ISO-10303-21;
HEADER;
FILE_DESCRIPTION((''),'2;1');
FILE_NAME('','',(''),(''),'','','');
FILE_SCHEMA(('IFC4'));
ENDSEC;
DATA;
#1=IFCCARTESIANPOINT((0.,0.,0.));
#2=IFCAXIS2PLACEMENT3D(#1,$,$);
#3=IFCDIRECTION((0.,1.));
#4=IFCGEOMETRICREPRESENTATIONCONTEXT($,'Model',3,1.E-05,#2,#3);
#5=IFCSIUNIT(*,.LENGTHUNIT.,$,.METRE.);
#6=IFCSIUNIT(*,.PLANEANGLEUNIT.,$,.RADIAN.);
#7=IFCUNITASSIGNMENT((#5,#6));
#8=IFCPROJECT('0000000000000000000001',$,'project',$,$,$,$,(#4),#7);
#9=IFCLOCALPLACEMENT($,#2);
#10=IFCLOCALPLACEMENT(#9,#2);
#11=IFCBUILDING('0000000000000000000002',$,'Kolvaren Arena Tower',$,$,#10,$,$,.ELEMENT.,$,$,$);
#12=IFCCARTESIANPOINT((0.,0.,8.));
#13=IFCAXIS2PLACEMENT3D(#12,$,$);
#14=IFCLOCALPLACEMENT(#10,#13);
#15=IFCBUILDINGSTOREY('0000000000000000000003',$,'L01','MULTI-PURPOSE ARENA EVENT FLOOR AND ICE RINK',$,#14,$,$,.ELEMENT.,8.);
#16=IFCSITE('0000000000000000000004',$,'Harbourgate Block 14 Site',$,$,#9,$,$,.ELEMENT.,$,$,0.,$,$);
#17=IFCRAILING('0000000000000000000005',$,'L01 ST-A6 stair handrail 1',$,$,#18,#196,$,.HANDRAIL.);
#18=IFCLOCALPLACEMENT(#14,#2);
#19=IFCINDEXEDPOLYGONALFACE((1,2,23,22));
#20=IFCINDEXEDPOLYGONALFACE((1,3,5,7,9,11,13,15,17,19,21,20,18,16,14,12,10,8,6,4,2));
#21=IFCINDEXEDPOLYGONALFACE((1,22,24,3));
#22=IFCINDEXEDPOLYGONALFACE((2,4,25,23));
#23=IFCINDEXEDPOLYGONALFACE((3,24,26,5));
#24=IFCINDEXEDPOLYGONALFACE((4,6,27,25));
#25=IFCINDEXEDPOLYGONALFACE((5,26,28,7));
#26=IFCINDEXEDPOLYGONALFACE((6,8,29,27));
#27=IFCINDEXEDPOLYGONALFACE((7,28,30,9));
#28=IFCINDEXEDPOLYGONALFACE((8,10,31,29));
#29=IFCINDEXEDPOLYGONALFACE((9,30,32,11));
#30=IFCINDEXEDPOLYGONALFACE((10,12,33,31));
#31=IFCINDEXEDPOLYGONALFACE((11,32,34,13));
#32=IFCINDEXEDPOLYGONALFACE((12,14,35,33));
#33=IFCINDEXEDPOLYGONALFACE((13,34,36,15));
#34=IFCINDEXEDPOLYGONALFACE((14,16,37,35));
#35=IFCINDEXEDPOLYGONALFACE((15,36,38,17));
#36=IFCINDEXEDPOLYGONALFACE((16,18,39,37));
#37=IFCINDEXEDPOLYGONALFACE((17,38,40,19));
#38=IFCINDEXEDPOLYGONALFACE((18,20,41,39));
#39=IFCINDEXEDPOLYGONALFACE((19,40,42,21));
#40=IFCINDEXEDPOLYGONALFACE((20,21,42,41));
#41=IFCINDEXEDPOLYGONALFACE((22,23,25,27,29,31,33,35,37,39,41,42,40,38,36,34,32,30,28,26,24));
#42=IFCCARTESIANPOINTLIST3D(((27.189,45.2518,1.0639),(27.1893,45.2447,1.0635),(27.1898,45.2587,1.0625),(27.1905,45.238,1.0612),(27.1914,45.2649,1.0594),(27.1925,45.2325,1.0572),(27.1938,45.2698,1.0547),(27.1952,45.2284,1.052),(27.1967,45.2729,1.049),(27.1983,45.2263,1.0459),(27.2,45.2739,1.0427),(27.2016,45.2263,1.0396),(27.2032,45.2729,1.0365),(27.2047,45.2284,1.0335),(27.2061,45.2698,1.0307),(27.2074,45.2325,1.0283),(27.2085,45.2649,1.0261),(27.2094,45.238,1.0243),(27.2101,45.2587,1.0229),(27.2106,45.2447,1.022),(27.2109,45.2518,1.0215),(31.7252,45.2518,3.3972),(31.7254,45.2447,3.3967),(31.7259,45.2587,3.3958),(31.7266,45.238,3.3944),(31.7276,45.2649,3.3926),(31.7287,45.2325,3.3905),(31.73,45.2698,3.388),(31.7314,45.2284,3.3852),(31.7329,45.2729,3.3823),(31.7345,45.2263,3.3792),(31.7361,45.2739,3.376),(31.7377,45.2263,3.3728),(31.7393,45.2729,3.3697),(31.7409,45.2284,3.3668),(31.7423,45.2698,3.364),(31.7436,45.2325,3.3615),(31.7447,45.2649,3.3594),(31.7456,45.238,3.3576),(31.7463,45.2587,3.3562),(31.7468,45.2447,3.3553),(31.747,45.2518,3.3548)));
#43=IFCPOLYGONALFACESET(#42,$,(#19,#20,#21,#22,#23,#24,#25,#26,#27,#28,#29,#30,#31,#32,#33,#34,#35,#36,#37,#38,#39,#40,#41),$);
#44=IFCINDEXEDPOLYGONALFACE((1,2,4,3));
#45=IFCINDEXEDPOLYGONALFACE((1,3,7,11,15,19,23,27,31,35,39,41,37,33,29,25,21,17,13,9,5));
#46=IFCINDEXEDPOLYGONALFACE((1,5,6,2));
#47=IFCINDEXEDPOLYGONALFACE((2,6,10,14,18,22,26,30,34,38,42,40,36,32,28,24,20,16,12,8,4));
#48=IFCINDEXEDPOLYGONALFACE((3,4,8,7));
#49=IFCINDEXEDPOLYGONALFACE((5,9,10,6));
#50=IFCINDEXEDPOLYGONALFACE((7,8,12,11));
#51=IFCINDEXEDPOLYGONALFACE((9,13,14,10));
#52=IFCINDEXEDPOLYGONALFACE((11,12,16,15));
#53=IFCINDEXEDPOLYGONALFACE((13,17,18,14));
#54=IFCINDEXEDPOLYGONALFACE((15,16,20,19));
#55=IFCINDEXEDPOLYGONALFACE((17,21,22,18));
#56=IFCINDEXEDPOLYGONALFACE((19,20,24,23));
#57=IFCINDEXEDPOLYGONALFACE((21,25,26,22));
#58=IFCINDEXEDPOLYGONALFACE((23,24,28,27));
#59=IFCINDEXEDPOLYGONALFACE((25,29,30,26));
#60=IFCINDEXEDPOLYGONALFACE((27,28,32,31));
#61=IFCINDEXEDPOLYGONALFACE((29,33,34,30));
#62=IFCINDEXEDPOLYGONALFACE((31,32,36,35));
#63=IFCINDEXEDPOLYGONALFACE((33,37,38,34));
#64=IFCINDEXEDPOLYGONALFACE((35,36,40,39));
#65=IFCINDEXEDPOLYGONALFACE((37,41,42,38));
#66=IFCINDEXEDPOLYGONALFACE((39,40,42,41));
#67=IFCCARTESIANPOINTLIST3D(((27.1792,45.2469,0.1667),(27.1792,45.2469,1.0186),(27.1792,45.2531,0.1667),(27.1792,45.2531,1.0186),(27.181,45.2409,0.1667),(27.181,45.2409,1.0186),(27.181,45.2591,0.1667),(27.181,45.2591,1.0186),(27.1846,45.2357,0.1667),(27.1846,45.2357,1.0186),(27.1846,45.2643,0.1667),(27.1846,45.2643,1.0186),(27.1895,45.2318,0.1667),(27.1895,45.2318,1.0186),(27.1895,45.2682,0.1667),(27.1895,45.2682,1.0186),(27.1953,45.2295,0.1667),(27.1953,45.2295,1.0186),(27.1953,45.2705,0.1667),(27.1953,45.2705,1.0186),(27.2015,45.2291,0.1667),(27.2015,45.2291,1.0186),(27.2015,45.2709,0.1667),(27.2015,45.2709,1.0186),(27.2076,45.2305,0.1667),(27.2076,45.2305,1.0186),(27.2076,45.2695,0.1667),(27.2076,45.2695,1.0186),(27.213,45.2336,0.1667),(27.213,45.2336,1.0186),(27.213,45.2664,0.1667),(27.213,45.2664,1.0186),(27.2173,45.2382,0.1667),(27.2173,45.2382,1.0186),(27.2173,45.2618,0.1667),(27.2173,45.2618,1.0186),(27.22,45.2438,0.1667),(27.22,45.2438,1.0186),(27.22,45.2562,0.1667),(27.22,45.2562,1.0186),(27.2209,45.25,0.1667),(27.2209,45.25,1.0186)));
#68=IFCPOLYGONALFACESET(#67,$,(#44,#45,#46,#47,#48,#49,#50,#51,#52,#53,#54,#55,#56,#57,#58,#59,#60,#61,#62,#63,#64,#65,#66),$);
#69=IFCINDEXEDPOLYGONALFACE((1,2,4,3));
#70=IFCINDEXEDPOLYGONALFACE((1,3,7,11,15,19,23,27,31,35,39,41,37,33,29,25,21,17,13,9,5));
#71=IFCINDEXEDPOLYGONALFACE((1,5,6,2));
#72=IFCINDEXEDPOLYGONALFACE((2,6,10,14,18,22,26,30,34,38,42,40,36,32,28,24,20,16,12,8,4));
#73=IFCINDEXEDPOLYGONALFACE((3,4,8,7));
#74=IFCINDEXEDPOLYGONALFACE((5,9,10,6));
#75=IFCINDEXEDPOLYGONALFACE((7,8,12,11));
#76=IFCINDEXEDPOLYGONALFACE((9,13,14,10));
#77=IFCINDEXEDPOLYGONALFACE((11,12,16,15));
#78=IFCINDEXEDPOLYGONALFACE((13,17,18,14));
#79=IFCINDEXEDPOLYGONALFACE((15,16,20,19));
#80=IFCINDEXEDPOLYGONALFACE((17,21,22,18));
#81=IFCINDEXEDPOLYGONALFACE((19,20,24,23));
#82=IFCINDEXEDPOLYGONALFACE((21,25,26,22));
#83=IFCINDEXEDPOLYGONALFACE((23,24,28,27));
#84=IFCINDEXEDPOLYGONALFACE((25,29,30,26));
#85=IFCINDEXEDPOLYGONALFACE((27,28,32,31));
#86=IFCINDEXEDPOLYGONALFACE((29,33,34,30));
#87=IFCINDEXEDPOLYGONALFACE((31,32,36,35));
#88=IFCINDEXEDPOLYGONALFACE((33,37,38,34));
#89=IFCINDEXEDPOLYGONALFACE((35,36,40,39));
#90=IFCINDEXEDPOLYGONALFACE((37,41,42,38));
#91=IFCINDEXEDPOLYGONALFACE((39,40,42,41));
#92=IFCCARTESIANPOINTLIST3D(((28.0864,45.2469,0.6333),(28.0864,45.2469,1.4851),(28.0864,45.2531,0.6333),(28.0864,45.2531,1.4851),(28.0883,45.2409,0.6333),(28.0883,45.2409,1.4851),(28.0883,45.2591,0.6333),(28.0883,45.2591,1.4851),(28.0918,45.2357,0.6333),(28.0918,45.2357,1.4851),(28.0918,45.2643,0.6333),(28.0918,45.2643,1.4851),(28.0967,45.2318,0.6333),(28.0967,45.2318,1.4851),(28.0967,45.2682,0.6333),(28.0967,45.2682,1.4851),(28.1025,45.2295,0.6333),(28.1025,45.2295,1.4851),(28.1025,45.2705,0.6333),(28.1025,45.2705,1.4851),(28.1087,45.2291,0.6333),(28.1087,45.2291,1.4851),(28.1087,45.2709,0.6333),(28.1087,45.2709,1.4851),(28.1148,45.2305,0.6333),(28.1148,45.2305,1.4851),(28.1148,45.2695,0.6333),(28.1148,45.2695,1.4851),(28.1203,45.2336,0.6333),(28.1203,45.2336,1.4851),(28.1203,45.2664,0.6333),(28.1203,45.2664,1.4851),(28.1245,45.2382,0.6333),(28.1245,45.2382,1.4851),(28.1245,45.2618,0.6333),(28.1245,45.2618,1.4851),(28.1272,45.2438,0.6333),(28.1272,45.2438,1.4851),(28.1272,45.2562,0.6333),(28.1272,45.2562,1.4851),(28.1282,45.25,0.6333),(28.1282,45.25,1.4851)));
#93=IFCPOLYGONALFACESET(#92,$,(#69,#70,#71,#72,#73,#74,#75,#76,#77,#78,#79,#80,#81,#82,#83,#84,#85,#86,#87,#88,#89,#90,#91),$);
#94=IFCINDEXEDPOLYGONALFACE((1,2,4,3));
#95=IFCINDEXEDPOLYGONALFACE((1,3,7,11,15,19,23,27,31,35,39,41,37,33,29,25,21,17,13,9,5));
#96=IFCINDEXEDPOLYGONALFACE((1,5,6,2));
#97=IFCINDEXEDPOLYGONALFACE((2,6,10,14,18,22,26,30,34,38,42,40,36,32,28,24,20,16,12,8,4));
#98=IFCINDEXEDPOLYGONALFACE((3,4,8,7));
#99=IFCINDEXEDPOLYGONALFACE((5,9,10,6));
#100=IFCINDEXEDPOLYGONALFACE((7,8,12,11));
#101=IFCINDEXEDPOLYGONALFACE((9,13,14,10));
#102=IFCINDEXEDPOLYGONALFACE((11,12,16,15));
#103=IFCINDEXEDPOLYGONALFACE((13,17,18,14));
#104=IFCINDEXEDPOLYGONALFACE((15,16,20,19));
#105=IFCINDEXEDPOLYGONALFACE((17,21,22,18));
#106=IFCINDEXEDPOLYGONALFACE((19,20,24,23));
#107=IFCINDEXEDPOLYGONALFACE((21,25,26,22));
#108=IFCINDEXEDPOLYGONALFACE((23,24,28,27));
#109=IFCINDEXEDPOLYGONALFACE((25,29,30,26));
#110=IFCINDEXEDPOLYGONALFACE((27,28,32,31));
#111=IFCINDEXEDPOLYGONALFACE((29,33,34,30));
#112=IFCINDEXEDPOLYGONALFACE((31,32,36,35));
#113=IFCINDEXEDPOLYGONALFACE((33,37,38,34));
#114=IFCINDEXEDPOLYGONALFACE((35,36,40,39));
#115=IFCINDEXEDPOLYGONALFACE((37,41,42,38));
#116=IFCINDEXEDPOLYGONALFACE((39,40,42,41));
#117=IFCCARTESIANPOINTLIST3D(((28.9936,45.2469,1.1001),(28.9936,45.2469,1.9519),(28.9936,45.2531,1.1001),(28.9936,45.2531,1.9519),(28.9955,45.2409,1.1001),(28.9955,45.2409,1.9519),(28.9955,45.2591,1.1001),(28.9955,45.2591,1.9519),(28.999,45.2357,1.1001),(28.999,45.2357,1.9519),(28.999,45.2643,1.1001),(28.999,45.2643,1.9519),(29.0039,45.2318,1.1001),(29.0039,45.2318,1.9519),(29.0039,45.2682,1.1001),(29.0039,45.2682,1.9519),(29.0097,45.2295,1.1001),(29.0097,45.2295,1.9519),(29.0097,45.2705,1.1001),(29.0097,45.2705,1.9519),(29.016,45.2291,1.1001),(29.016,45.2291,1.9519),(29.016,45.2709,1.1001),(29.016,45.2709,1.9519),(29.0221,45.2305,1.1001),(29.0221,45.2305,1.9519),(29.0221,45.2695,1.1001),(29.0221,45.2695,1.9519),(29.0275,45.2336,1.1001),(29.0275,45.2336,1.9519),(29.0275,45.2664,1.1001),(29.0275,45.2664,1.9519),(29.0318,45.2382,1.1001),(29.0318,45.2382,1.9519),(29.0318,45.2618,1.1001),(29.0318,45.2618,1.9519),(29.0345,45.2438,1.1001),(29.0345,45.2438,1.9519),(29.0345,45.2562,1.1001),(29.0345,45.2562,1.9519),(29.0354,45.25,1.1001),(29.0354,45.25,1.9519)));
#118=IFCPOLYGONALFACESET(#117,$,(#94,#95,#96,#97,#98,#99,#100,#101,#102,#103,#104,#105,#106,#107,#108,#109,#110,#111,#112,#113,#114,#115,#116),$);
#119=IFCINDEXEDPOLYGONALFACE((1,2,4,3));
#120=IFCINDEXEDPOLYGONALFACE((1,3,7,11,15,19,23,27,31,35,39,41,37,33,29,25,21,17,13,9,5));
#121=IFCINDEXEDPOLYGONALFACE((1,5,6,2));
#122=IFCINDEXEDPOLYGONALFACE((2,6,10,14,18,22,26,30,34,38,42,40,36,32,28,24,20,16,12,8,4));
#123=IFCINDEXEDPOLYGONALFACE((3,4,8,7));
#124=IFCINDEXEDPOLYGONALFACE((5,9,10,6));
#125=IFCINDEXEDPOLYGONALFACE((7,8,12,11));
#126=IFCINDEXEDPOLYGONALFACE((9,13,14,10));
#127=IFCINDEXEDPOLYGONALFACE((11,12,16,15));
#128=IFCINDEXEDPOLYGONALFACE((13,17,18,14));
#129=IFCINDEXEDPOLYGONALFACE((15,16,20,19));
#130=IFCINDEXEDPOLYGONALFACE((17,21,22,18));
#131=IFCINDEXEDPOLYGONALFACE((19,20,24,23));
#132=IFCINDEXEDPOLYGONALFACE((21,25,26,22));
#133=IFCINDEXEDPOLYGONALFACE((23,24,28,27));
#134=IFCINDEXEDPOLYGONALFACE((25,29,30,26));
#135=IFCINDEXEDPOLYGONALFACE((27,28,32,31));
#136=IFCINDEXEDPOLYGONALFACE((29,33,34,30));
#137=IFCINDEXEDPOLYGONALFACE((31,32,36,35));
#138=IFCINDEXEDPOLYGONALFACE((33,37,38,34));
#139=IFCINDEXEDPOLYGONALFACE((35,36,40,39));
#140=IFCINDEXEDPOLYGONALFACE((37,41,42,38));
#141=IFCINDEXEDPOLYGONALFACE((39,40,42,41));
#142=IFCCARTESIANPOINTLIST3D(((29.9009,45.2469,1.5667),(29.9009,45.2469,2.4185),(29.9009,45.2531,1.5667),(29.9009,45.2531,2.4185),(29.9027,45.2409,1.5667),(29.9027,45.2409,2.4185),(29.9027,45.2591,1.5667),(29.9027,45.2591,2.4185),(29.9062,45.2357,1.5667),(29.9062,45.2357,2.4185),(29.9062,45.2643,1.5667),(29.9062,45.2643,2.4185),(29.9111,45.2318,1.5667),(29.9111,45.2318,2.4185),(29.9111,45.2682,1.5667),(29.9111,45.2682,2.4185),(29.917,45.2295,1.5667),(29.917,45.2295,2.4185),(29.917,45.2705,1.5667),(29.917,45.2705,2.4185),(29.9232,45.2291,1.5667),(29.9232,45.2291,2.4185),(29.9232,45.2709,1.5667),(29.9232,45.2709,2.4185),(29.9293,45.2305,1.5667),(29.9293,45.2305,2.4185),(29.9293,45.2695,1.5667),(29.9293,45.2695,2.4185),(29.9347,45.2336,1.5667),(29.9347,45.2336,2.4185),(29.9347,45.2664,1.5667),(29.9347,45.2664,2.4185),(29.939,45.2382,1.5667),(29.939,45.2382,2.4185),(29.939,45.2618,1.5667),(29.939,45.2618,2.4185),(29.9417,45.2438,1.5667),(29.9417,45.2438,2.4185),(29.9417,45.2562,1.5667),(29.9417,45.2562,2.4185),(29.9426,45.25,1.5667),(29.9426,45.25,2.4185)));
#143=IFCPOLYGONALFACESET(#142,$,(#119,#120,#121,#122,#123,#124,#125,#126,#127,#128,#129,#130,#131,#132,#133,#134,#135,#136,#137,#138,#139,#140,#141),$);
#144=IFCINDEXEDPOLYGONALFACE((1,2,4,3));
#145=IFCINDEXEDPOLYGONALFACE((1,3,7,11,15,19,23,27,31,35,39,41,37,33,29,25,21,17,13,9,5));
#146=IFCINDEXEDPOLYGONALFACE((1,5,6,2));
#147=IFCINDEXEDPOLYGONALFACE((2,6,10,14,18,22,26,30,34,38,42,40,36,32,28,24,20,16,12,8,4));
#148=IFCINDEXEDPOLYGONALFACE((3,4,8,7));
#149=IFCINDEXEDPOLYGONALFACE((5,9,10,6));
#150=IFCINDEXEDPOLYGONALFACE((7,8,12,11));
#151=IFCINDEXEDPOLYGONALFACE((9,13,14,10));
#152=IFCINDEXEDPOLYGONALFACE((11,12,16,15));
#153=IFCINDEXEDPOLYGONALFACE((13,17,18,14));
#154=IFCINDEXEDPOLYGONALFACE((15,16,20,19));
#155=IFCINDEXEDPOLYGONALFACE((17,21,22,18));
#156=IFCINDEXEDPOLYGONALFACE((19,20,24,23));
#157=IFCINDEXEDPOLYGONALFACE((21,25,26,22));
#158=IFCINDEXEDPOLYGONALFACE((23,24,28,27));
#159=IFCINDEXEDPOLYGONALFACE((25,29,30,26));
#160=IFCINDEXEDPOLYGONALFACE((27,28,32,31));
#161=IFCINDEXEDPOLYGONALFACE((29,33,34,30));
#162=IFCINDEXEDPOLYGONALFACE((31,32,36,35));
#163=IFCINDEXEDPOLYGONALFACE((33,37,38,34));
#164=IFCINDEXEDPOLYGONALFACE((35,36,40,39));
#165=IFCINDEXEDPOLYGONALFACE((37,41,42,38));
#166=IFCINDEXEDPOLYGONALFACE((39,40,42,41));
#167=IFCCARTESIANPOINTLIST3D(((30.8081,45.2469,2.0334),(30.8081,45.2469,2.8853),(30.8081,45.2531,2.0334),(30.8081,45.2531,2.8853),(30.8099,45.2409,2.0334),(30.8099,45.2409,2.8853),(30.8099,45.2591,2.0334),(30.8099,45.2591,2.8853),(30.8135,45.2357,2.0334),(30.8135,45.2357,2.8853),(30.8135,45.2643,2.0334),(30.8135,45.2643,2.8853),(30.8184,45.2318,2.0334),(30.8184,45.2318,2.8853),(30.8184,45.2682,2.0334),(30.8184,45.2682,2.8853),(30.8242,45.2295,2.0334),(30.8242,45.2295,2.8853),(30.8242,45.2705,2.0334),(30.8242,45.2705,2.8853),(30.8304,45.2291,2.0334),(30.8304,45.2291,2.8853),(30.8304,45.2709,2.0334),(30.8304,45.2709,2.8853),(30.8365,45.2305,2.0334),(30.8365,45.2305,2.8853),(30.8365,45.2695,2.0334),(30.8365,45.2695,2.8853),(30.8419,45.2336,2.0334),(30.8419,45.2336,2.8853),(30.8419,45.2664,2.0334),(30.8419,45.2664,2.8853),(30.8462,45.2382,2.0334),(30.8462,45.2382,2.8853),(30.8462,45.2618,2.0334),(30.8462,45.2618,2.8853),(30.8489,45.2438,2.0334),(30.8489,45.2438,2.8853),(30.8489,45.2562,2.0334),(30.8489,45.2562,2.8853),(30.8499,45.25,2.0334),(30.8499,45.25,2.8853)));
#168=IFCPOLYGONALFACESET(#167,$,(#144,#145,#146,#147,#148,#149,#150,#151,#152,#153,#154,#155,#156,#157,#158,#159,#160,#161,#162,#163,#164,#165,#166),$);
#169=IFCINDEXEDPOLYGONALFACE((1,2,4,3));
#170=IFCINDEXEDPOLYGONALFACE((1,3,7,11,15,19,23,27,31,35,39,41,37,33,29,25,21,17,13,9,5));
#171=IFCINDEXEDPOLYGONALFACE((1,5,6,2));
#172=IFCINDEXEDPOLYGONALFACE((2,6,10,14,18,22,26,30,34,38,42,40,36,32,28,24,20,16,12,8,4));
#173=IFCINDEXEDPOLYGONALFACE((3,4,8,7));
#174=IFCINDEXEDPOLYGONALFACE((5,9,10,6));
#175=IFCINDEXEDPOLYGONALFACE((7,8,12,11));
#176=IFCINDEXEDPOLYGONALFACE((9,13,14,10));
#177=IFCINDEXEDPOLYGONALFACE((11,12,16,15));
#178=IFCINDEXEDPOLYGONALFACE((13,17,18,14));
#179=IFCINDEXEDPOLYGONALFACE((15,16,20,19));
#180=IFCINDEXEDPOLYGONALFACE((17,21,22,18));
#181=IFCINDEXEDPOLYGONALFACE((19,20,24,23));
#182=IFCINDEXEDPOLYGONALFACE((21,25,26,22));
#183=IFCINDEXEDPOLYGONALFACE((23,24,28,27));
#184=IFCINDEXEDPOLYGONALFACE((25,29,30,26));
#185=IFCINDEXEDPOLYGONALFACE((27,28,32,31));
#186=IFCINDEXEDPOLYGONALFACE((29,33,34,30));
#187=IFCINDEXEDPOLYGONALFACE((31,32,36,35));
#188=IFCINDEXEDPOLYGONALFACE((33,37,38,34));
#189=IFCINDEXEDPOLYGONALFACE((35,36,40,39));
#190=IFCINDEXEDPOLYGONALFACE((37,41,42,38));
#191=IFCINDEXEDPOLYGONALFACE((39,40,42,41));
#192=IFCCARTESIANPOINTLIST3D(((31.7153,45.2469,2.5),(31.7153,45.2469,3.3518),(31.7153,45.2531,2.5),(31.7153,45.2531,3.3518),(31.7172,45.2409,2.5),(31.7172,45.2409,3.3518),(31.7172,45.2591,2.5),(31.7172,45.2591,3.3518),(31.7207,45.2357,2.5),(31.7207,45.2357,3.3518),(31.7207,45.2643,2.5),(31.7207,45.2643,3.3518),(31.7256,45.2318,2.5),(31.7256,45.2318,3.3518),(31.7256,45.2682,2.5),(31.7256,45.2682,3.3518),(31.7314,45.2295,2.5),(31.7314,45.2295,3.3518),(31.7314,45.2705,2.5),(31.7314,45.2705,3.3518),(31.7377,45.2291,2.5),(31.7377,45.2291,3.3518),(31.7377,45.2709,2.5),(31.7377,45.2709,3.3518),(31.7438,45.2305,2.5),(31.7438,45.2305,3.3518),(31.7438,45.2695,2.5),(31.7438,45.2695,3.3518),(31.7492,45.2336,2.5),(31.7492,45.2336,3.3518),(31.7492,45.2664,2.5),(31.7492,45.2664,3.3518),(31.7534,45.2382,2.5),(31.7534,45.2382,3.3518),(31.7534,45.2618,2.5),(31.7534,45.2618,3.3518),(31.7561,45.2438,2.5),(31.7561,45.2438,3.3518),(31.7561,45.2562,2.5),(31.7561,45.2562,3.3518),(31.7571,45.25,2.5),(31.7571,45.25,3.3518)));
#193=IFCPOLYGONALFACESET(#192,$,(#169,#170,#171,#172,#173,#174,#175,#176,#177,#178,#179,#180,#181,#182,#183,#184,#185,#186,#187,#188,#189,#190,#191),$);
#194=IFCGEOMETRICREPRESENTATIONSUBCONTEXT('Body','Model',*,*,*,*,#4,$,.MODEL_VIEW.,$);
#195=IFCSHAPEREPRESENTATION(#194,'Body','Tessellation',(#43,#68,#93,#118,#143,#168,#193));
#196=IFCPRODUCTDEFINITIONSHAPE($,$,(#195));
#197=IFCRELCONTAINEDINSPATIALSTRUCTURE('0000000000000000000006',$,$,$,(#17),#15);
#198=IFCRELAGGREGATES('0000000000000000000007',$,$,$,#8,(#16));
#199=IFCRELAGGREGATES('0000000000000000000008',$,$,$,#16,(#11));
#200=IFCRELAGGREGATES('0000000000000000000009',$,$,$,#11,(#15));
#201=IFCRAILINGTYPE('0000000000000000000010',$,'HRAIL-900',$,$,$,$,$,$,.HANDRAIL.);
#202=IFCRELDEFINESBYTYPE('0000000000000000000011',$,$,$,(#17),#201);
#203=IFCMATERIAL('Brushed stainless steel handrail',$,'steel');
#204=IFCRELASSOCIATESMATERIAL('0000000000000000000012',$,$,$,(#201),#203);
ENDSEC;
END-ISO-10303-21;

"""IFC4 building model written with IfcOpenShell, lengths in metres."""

from ifc_helpers import new_model, si_unit, direction, frame, origin, origin_2d, place, context, subcontext, project, spatial, circle, extrude, material, type_object, element, save


model = new_model("IFC4")

# Units and contexts
model_context = context("Model", 3, precision=1e-05, world=origin(), true_north=direction((0.0, 1.0)))
body_context = subcontext(model_context, "Body", "Model", "MODEL_VIEW")
ifc_project = project(units=[si_unit("LENGTHUNIT", "METRE"), si_unit("PLANEANGLEUNIT", "RADIAN")], contexts=[model_context])

# Site, building, storey
site_placement = place(None, origin())
site = spatial("IfcSite", under=ifc_project, at=site_placement, Name="Harbourgate Block 14 Site", CompositionType="ELEMENT", RefElevation=0.0)
building_placement = place(site_placement, origin())
building = spatial("IfcBuilding", under=site, at=building_placement, Name="Kolvaren Arena Tower", CompositionType="ELEMENT")
storey_placement = place(building_placement, frame((0.0, 0.0, 8.0)))
storey = spatial("IfcBuildingStorey", under=building, at=storey_placement, Name="L01", Description="MULTI-PURPOSE ARENA EVENT FLOOR AND ICE RINK", CompositionType="ELEMENT", Elevation=8.0)

# Railing
ifc_material_1 = material(Name="Brushed stainless steel handrail", Category="steel")
railing_type_1 = type_object("IfcRailingType", Name="HRAIL-900", PredefinedType="HANDRAIL", material=ifc_material_1)
railing_1_placement = place(storey_placement, frame((27.2, 45.25, 0.1667)))
element("IfcRailing", 1, at=railing_1_placement, inside=storey, type_object=railing_type_1, Name="L01 ST-A6 stair handrail 1", PredefinedType="HANDRAIL", context=body_context, shape_type="SweptSolid", body=[
    extrude(circle(Radius=0.0239, at=origin_2d()), frame((0.0, 0.0, 0.876), z_axis=(0.889257, 0.0, 0.457407), x_axis=(0.0, 1.0, 0.0)), (0.0, 0.0, 1.0), 5.1011),
    extrude(circle(Radius=0.021, at=origin_2d()), origin(), (0.0, 0.0, 1.0), 0.8518),
    extrude(circle(Radius=0.021, at=origin_2d()), frame((0.9072, 0.0, 0.4666)), (0.0, 0.0, 1.0), 0.8518),
    extrude(circle(Radius=0.021, at=origin_2d()), frame((1.8145, 0.0, 0.9333)), (0.0, 0.0, 1.0), 0.8518),
    extrude(circle(Radius=0.021, at=origin_2d()), frame((2.7217, 0.0, 1.3999)), (0.0, 0.0, 1.0), 0.8518),
    extrude(circle(Radius=0.021, at=origin_2d()), frame((3.6289, 0.0, 1.8667)), (0.0, 0.0, 1.0), 0.8518),
    extrude(circle(Radius=0.021, at=origin_2d()), frame((4.5361, 0.0, 2.3333)), (0.0, 0.0, 1.0), 0.8518),
])

save(model, "model.ifc")
